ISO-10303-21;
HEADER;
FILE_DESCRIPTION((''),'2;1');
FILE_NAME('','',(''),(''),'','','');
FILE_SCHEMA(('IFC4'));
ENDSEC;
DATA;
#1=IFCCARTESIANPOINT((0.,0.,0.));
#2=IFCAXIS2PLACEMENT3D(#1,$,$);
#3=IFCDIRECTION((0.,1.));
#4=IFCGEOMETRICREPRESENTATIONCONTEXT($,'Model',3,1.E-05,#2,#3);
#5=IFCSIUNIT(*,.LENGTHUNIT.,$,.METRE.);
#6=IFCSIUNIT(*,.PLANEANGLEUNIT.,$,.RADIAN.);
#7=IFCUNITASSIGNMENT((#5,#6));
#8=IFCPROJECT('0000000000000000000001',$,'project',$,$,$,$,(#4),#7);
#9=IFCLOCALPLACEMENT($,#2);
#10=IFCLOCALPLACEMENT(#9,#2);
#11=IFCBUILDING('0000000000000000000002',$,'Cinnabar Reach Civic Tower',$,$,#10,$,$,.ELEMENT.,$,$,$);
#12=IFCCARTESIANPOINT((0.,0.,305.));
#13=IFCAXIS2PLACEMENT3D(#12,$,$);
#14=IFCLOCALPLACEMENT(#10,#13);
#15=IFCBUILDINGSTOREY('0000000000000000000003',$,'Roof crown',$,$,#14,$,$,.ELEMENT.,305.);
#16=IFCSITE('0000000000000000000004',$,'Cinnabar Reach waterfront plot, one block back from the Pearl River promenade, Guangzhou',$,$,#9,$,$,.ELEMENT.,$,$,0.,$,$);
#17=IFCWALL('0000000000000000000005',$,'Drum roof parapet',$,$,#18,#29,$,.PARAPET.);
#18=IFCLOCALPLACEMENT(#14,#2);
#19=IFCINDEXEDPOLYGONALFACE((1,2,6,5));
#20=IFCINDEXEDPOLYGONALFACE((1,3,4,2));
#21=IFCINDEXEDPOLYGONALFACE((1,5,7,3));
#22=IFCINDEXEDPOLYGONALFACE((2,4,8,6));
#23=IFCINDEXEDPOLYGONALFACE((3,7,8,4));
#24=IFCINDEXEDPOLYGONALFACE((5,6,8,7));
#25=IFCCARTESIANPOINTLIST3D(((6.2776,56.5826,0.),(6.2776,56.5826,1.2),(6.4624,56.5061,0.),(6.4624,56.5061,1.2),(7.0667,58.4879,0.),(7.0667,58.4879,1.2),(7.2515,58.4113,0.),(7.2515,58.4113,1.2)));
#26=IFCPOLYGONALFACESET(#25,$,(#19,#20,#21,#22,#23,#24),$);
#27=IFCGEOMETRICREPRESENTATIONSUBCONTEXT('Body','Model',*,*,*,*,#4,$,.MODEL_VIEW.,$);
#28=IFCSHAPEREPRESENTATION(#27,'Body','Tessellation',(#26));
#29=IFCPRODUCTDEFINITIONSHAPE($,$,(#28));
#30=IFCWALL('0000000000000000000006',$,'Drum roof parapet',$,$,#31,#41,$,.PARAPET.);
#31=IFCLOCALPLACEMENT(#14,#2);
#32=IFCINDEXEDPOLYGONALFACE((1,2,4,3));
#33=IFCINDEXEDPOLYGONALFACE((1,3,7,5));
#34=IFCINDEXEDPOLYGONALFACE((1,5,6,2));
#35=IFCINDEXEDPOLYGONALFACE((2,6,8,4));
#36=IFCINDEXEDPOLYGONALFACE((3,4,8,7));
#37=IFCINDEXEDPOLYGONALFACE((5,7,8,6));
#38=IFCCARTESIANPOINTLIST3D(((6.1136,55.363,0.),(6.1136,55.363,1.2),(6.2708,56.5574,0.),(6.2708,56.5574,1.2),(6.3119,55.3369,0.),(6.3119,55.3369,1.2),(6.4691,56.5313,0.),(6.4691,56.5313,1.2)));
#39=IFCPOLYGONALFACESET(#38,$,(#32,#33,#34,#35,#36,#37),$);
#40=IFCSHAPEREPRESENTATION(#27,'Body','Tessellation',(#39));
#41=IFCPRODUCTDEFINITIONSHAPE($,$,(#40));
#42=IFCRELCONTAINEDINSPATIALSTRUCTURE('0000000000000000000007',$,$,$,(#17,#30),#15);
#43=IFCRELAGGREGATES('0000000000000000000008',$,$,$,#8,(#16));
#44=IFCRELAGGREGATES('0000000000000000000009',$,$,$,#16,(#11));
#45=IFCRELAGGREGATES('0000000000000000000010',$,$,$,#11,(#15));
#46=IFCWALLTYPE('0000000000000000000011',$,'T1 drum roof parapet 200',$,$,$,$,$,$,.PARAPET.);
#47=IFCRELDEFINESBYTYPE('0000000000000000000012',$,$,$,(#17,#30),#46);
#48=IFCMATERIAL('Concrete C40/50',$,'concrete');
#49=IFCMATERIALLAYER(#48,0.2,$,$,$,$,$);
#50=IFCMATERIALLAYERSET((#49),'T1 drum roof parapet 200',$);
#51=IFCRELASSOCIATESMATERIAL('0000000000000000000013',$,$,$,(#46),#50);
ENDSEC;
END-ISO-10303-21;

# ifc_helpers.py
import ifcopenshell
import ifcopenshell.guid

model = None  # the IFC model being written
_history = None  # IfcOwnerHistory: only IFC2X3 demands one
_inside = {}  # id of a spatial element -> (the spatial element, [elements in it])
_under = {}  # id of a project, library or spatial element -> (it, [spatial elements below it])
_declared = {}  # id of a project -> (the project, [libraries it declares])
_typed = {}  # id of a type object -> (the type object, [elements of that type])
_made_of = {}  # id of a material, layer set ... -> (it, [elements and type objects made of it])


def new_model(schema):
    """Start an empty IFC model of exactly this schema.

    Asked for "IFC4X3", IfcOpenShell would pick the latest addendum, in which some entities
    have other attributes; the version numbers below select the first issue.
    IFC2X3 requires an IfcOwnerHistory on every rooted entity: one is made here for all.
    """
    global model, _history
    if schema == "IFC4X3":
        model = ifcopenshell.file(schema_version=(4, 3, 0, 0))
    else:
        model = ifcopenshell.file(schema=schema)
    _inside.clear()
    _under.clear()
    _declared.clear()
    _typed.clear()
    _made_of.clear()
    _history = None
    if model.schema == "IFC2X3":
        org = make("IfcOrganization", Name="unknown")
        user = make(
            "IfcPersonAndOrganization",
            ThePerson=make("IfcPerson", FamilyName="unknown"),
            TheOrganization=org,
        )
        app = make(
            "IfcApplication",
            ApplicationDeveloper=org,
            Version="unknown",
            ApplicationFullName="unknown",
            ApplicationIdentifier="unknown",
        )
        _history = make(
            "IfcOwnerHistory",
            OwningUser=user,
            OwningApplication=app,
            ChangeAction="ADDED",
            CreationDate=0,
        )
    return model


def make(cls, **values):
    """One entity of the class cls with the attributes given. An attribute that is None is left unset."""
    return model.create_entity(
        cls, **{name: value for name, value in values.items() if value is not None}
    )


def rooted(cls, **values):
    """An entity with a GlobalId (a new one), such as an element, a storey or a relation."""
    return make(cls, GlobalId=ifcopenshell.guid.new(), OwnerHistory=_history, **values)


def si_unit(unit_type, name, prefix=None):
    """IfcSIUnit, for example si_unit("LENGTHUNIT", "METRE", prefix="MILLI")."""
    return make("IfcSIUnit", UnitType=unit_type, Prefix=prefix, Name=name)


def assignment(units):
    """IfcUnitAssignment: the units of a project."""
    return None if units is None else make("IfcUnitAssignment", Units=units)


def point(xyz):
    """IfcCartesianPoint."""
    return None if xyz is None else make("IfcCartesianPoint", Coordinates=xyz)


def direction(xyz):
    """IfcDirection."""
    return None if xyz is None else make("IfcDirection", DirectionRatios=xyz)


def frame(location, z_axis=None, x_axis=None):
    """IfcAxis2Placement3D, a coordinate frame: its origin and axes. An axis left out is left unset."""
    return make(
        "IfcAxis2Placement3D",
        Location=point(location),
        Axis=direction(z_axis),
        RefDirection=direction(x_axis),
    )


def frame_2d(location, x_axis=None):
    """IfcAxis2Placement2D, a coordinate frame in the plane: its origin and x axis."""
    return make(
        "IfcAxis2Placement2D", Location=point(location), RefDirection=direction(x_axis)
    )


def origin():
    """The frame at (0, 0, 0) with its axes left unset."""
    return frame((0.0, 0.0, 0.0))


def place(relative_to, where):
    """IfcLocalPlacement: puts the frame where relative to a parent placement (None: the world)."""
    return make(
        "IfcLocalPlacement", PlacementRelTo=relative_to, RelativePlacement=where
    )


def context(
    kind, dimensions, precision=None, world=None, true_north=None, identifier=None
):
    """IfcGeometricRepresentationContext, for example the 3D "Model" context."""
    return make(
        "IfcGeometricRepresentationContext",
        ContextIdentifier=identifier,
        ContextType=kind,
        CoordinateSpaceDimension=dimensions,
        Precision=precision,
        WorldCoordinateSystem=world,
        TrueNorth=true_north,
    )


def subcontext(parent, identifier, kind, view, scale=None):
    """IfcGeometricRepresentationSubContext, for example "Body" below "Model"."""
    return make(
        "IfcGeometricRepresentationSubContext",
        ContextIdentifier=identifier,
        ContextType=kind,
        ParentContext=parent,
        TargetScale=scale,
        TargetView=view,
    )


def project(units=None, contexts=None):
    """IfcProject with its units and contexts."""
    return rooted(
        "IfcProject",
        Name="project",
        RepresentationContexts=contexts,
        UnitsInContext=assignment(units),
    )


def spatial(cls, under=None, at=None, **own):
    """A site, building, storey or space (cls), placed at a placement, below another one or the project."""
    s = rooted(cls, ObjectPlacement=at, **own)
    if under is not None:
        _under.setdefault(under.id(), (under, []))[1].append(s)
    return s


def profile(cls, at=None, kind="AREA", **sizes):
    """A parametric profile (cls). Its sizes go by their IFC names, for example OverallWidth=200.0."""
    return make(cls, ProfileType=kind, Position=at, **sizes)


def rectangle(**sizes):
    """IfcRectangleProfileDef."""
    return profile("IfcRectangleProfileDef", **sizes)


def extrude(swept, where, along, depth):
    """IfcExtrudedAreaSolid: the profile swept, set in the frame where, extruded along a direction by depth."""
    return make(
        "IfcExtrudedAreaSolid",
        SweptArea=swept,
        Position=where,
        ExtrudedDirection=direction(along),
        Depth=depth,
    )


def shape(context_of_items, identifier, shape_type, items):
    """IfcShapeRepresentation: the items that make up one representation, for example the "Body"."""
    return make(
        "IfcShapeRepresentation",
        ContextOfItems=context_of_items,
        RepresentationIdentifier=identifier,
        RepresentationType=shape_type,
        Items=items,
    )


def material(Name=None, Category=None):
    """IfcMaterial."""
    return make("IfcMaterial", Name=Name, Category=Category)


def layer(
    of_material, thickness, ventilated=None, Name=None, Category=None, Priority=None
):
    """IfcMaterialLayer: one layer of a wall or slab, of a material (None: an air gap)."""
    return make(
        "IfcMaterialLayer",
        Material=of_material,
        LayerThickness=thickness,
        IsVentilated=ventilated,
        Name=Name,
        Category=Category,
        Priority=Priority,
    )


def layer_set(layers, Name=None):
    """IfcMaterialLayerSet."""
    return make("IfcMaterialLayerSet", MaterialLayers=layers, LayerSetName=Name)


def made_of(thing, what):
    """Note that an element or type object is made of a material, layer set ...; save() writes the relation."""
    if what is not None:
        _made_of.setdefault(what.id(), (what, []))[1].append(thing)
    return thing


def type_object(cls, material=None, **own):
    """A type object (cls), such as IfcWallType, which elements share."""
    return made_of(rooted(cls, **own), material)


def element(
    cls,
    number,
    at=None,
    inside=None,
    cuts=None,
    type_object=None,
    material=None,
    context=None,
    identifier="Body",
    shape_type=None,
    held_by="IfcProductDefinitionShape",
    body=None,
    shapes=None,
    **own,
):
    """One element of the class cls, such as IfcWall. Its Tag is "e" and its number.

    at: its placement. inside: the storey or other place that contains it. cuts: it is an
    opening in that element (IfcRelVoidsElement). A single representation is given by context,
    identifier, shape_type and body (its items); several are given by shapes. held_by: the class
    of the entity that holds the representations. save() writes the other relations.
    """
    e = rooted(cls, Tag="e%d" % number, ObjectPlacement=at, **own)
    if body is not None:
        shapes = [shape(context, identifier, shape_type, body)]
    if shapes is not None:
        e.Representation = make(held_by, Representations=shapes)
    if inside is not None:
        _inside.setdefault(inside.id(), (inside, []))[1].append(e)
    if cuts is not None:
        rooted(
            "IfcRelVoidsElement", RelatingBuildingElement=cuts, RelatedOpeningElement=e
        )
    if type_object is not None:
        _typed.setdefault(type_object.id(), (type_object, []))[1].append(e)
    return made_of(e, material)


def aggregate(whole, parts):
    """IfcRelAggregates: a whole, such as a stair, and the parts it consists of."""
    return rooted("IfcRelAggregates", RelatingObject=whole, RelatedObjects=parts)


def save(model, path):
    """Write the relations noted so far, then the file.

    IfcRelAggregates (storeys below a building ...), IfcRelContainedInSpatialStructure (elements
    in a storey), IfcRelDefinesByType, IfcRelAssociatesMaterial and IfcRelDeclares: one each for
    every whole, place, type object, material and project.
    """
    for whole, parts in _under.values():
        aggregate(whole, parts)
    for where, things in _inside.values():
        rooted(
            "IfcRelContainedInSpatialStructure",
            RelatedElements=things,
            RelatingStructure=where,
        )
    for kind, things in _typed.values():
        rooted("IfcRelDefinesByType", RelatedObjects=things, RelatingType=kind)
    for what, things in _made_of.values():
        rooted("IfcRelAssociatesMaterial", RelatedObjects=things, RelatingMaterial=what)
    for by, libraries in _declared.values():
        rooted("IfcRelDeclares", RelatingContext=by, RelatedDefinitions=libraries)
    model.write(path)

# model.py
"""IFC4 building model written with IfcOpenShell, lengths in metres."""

from ifc_helpers import new_model, si_unit, direction, frame, frame_2d, origin, place, context, subcontext, project, spatial, rectangle, extrude, material, layer, layer_set, type_object, element, save


model = new_model("IFC4")

# Units and contexts
model_context = context("Model", 3, precision=1e-05, world=origin(), true_north=direction((0.0, 1.0)))
body_context = subcontext(model_context, "Body", "Model", "MODEL_VIEW")
ifc_project = project(units=[si_unit("LENGTHUNIT", "METRE"), si_unit("PLANEANGLEUNIT", "RADIAN")], contexts=[model_context])

# Site, building, storey
site_placement = place(None, origin())
site = spatial("IfcSite", under=ifc_project, at=site_placement, Name="Cinnabar Reach waterfront plot, one block back from the Pearl River promenade, Guangzhou", CompositionType="ELEMENT", RefElevation=0.0)
building_placement = place(site_placement, origin())
building = spatial("IfcBuilding", under=site, at=building_placement, Name="Cinnabar Reach Civic Tower", CompositionType="ELEMENT")
storey_placement = place(building_placement, frame((0.0, 0.0, 305.0)))
storey = spatial("IfcBuildingStorey", under=building, at=storey_placement, Name="Roof crown", CompositionType="ELEMENT", Elevation=305.0)

# Walls
ifc_material_1 = material(Name="Concrete C40/50", Category="concrete")
ifc_layer = layer(ifc_material_1, 0.2)
ifc_layer_set = layer_set([ifc_layer], Name="T1 drum roof parapet 200")
wall_type = type_object("IfcWallType", Name="T1 drum roof parapet 200", PredefinedType="PARAPET", material=ifc_layer_set)
wall_1_placement = place(storey_placement, frame((7.1591, 58.4496, 0.0), z_axis=(0.0, 0.0, 1.0), x_axis=(-0.382659, -0.92389, 0.0)))
element("IfcWall", 1, at=wall_1_placement, inside=storey, type_object=wall_type, Name="Drum roof parapet", PredefinedType="PARAPET", context=body_context, shape_type="SweptSolid", body=[
    extrude(rectangle(XDim=2.0622, YDim=0.2, at=frame_2d((1.0311, 0.0))), origin(), (0.0, 0.0, 1.0), 1.2),
])
wall_2_placement = place(storey_placement, frame((6.37, 56.5444, 0.0), z_axis=(0.0, 0.0, 1.0), x_axis=(-0.130489, -0.99145, 0.0)))
element("IfcWall", 2, at=wall_2_placement, inside=storey, type_object=wall_type, Name="Drum roof parapet", PredefinedType="PARAPET", context=body_context, shape_type="SweptSolid", body=[
    extrude(rectangle(XDim=1.2047, YDim=0.2, at=frame_2d((0.6024, 0.0))), origin(), (0.0, 0.0, 1.0), 1.2),
])

save(model, "model.ifc")
